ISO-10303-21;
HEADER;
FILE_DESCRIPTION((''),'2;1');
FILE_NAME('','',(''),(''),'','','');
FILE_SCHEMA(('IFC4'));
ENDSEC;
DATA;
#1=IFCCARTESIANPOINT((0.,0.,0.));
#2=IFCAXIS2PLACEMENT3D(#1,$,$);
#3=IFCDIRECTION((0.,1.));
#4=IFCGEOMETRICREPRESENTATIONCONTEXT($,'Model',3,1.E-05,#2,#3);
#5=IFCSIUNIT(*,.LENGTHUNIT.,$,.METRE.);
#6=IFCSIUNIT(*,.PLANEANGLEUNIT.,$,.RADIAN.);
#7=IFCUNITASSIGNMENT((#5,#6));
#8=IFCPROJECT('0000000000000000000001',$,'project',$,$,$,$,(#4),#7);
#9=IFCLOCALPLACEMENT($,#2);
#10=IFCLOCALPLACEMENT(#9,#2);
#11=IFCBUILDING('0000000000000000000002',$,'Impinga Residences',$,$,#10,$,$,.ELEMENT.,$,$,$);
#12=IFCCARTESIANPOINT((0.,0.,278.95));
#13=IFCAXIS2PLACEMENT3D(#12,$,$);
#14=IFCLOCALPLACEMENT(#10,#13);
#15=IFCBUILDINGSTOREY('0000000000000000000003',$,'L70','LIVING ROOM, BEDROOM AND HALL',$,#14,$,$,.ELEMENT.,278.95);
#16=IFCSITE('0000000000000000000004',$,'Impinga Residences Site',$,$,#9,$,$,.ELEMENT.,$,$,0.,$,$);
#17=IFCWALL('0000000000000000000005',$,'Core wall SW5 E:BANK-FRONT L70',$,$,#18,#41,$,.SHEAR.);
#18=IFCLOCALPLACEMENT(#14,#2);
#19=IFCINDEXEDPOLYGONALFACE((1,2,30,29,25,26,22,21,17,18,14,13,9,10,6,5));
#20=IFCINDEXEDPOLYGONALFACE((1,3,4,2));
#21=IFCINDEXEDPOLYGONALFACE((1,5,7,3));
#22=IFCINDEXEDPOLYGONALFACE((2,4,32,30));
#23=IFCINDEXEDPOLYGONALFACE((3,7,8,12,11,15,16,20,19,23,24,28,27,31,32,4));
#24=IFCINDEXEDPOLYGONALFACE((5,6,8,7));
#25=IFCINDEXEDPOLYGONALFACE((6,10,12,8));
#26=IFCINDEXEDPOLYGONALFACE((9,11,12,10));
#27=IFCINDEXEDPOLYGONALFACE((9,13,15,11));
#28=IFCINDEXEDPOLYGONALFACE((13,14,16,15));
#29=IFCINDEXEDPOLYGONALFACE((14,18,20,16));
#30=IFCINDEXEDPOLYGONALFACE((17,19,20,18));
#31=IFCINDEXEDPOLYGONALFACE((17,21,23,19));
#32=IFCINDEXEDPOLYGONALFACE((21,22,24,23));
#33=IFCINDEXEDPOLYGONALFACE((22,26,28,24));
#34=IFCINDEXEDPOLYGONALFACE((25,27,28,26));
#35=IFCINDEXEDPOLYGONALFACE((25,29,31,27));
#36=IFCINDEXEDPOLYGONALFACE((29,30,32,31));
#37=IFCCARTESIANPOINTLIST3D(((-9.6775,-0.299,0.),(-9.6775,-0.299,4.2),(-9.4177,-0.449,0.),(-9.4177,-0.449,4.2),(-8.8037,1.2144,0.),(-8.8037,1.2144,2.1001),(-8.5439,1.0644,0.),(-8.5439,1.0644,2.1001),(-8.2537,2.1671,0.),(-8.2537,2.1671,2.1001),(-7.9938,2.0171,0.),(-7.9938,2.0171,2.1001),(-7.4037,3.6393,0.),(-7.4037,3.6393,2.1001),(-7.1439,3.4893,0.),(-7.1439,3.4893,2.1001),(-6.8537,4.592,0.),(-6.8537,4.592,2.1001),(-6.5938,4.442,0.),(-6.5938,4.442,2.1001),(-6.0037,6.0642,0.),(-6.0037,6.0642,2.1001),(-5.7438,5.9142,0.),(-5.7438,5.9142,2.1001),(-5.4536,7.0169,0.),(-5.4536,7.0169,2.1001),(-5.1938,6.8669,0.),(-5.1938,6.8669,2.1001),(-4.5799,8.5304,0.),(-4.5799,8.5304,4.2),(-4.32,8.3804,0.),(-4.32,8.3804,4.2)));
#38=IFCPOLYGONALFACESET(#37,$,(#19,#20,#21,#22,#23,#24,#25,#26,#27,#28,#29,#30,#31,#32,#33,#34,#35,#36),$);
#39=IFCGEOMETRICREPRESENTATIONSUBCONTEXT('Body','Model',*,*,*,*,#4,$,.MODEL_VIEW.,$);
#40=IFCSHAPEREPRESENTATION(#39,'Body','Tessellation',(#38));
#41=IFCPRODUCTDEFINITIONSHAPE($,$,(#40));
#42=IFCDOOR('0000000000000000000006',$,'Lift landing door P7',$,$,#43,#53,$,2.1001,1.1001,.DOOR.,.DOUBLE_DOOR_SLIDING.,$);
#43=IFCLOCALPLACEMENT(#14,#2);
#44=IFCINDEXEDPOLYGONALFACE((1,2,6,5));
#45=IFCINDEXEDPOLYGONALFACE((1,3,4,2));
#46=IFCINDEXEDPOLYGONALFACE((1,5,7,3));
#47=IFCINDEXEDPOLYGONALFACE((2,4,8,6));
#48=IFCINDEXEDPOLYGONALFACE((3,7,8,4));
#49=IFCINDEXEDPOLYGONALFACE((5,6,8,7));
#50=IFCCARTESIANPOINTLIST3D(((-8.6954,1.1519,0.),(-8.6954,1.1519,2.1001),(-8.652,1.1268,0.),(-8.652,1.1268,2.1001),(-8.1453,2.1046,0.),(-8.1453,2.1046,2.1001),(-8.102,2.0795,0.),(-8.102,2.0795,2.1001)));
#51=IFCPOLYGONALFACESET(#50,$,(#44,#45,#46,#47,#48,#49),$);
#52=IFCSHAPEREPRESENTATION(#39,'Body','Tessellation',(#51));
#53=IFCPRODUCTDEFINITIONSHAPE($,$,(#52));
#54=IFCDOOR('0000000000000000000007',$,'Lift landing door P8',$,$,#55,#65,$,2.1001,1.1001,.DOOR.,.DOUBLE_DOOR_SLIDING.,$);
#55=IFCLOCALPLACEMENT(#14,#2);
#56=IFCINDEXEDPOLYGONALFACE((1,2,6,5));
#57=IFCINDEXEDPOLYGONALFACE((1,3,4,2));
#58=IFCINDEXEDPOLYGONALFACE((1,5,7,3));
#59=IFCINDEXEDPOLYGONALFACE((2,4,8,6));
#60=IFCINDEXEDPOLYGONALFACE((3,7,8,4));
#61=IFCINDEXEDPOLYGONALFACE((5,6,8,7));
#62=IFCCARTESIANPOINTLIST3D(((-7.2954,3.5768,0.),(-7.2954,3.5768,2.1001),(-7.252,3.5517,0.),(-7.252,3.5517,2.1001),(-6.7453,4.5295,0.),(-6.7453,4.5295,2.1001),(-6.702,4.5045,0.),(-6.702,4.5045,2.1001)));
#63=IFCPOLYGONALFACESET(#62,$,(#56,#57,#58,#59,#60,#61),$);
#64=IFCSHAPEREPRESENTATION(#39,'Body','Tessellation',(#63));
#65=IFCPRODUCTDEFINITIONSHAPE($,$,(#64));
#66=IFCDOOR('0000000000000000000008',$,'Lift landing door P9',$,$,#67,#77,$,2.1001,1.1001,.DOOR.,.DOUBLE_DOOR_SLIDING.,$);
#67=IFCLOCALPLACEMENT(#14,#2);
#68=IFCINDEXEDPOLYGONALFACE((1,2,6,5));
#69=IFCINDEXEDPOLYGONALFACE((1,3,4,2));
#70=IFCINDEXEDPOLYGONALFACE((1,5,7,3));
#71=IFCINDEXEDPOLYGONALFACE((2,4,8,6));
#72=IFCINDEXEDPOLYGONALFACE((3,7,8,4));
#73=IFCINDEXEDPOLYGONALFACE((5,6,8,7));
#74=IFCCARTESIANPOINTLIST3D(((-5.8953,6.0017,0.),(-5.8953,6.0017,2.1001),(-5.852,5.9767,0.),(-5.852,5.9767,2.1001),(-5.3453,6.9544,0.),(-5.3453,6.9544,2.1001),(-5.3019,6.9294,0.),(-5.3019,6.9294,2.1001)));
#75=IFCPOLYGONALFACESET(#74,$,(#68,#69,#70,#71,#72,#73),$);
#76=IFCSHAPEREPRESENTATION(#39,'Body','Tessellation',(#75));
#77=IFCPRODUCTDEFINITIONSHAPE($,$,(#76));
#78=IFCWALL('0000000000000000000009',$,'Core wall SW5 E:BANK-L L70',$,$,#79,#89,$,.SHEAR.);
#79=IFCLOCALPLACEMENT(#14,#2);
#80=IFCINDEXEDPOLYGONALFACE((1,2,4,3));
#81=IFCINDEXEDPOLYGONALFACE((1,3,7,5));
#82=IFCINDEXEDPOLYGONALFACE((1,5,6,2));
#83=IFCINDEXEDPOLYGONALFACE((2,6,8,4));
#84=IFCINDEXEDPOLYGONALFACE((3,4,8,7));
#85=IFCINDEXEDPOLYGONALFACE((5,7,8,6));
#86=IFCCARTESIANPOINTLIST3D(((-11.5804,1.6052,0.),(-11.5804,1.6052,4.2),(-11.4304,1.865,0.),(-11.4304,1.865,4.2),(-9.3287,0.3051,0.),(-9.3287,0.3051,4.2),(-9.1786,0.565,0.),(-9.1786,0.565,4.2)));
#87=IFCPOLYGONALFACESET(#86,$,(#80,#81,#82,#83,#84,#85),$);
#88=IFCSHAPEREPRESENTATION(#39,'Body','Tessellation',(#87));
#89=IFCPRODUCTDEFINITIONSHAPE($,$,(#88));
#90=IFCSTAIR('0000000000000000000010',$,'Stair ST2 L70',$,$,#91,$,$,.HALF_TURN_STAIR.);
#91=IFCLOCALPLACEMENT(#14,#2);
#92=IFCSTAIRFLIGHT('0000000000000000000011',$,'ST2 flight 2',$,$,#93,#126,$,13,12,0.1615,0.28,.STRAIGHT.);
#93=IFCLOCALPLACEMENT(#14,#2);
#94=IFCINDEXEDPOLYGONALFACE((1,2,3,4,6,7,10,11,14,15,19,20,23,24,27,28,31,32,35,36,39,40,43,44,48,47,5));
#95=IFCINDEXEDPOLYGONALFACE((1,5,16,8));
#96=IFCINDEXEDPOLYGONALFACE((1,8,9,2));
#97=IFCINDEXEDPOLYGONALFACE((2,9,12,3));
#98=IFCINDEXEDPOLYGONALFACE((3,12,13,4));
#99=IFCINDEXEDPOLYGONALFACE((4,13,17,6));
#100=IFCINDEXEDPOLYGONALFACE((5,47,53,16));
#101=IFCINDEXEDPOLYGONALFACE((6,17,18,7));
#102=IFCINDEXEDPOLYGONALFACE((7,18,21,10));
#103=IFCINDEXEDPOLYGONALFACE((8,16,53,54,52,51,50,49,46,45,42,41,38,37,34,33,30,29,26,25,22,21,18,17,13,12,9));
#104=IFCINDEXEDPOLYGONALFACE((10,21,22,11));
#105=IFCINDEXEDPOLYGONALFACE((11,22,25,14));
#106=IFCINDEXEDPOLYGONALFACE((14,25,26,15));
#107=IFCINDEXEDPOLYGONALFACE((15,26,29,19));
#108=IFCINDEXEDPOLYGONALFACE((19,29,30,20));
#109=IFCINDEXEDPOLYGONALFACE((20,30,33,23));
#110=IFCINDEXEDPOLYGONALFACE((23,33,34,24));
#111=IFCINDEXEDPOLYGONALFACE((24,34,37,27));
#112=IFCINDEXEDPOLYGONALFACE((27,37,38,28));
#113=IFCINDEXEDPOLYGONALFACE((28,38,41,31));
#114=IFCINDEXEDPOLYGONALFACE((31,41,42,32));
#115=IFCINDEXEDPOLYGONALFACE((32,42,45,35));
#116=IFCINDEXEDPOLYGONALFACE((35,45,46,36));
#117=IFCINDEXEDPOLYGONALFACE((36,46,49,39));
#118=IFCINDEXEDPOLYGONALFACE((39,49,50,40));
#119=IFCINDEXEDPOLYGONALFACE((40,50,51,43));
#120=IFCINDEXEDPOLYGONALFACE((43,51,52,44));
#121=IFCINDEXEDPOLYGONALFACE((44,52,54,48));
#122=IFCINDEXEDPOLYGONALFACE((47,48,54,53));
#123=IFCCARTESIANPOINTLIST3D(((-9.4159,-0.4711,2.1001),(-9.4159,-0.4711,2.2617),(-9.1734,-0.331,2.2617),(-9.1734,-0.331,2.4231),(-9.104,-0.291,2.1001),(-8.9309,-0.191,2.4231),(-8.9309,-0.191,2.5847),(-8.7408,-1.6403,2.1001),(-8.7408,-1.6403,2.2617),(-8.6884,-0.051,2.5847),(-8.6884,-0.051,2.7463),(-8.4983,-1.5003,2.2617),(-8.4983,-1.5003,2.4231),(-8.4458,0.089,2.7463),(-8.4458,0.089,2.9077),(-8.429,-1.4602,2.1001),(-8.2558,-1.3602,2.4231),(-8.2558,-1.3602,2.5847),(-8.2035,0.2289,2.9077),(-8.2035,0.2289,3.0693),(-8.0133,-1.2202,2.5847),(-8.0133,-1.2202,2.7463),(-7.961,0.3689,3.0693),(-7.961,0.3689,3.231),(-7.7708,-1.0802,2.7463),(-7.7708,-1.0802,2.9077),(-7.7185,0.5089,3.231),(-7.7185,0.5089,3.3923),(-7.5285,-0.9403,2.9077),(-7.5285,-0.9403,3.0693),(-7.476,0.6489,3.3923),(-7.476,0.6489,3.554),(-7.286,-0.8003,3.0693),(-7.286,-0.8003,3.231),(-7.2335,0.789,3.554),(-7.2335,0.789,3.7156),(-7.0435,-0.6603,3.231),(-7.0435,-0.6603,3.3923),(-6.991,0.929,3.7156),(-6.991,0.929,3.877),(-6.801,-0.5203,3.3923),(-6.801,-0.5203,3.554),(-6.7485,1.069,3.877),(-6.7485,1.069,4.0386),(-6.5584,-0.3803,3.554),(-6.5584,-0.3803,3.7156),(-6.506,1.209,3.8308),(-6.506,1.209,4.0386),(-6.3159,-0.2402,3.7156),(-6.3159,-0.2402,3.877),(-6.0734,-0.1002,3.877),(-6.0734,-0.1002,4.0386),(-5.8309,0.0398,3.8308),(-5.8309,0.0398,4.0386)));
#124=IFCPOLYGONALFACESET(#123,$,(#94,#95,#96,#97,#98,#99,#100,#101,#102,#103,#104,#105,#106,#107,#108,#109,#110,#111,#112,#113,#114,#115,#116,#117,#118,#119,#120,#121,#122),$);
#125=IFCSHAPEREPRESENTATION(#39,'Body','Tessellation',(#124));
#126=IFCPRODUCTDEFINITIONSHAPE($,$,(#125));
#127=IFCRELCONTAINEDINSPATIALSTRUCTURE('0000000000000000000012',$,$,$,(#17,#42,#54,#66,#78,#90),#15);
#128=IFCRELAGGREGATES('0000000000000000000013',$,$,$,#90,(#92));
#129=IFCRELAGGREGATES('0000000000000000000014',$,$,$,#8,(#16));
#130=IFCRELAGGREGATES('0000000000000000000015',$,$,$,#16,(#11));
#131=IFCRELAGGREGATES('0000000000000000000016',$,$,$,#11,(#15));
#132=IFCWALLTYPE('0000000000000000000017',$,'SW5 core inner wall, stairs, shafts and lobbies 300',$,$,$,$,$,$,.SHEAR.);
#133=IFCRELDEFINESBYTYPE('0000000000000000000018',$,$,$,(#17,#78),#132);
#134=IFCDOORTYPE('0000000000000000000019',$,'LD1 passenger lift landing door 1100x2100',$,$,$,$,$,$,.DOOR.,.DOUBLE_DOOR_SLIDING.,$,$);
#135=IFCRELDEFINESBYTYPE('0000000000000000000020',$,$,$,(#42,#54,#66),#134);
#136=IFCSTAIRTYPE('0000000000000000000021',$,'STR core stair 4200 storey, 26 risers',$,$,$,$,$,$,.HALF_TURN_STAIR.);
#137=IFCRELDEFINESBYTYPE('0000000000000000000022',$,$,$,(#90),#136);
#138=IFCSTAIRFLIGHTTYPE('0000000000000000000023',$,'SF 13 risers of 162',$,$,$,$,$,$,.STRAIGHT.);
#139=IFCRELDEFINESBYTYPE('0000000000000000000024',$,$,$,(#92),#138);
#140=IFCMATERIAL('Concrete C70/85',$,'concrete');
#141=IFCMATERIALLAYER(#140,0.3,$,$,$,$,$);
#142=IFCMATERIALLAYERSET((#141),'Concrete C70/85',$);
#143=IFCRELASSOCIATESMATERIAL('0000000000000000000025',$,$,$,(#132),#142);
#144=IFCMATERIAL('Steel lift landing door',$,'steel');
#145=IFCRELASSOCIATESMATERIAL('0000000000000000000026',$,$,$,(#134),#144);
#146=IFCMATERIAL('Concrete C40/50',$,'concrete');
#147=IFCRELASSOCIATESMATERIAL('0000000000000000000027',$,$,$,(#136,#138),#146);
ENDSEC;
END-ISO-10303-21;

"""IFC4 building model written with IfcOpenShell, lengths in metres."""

from ifc_helpers import new_model, si_unit, direction, frame, frame_2d, origin, place, context, subcontext, project, spatial, polyline, rectangle, outline, extrude, material, layer, layer_set, type_object, element, fill, aggregate, save


model = new_model("IFC4")

# Units and contexts
model_context = context("Model", 3, precision=1e-05, world=origin(), true_north=direction((0.0, 1.0)))
body_context = subcontext(model_context, "Body", "Model", "MODEL_VIEW")
ifc_project = project(units=[si_unit("LENGTHUNIT", "METRE"), si_unit("PLANEANGLEUNIT", "RADIAN")], contexts=[model_context])

# Site, building, storey
site_placement = place(None, origin())
site = spatial("IfcSite", under=ifc_project, at=site_placement, Name="Impinga Residences Site", CompositionType="ELEMENT", RefElevation=0.0)
building_placement = place(site_placement, origin())
building = spatial("IfcBuilding", under=site, at=building_placement, Name="Impinga Residences", CompositionType="ELEMENT")
storey_placement = place(building_placement, frame((0.0, 0.0, 278.95)))
storey = spatial("IfcBuildingStorey", under=building, at=storey_placement, Name="L70", Description="LIVING ROOM, BEDROOM AND HALL", CompositionType="ELEMENT", Elevation=278.95)

# Wall, openings, doors
ifc_material_1 = material(Name="Concrete C70/85", Category="concrete")
ifc_layer_1 = layer(ifc_material_1, 0.3)
ifc_layer_set_1 = layer_set([ifc_layer_1], Name="Concrete C70/85")
wall_type_1 = type_object("IfcWallType", Name="SW5 core inner wall, stairs, shafts and lobbies 300", PredefinedType="SHEAR", material=ifc_layer_set_1)
wall_1_placement = place(storey_placement, frame((-9.5476, -0.374, 0.0), z_axis=(0.0, 0.0, 1.0), x_axis=(0.500002, 0.866024, 0.0)))
wall_1 = element("IfcWall", 1, at=wall_1_placement, inside=storey, type_object=wall_type_1, Name="Core wall SW5 E:BANK-FRONT L70", PredefinedType="SHEAR", context=body_context, shape_type="SweptSolid", body=[
    extrude(rectangle(XDim=10.1953, YDim=0.3, at=frame_2d((5.0977, 0.0))), origin(), (0.0, 0.0, 1.0), 4.2),
])
opening_1_placement = place(wall_1_placement, frame((1.7476, 0.0, 0.0)))
opening_1 = element("IfcOpeningElement", 2, at=opening_1_placement, cuts=wall_1, PredefinedType="OPENING", context=body_context, shape_type="SweptSolid", body=[
    extrude(rectangle(XDim=1.1001, YDim=2.1001, at=frame_2d((0.55, 1.05))), frame((0.0, 0.1599, 0.0), z_axis=(0.0, -1.0, 0.0), x_axis=(1.0, 0.0, 0.0)), (0.0, 0.0, 1.0), 0.3201),
])
opening_2_placement = place(wall_1_placement, frame((4.5476, 0.0, 0.0)))
opening_2 = element("IfcOpeningElement", 3, at=opening_2_placement, cuts=wall_1, PredefinedType="OPENING", context=body_context, shape_type="SweptSolid", body=[
    extrude(rectangle(XDim=1.1001, YDim=2.1001, at=frame_2d((0.55, 1.05))), frame((0.0, 0.1599, 0.0), z_axis=(0.0, -1.0, 0.0), x_axis=(1.0, 0.0, 0.0)), (0.0, 0.0, 1.0), 0.3201),
])
opening_3_placement = place(wall_1_placement, frame((7.3477, 0.0, 0.0)))
opening_3 = element("IfcOpeningElement", 4, at=opening_3_placement, cuts=wall_1, PredefinedType="OPENING", context=body_context, shape_type="SweptSolid", body=[
    extrude(rectangle(XDim=1.1001, YDim=2.1001, at=frame_2d((0.55, 1.05))), frame((0.0, 0.1599, 0.0), z_axis=(0.0, -1.0, 0.0), x_axis=(1.0, 0.0, 0.0)), (0.0, 0.0, 1.0), 0.3201),
])
ifc_material_2 = material(Name="Steel lift landing door", Category="steel")
door_type_1 = type_object("IfcDoorType", Name="LD1 passenger lift landing door 1100x2100", OperationType="DOUBLE_DOOR_SLIDING", PredefinedType="DOOR", material=ifc_material_2)
door_1_placement = place(opening_1_placement, origin())
door_1 = element("IfcDoor", 5, at=door_1_placement, inside=storey, type_object=door_type_1, Name="Lift landing door P7", OperationType="DOUBLE_DOOR_SLIDING", OverallHeight=2.1001, OverallWidth=1.1001, PredefinedType="DOOR", context=body_context, shape_type="SweptSolid", body=[
    extrude(rectangle(XDim=1.1001, YDim=2.1001, at=frame_2d((0.55, 1.05))), frame((0.0, 0.0249, 0.0), z_axis=(0.0, -1.0, 0.0), x_axis=(1.0, 0.0, 0.0)), (0.0, 0.0, 1.0), 0.05),
])
fill(opening_1, door_1)
door_2_placement = place(opening_2_placement, origin())
door_2 = element("IfcDoor", 6, at=door_2_placement, inside=storey, type_object=door_type_1, Name="Lift landing door P8", OperationType="DOUBLE_DOOR_SLIDING", OverallHeight=2.1001, OverallWidth=1.1001, PredefinedType="DOOR", context=body_context, shape_type="SweptSolid", body=[
    extrude(rectangle(XDim=1.1001, YDim=2.1001, at=frame_2d((0.55, 1.05))), frame((0.0, 0.0249, 0.0), z_axis=(0.0, -1.0, 0.0), x_axis=(1.0, 0.0, 0.0)), (0.0, 0.0, 1.0), 0.05),
])
fill(opening_2, door_2)
door_3_placement = place(opening_3_placement, origin())
door_3 = element("IfcDoor", 7, at=door_3_placement, inside=storey, type_object=door_type_1, Name="Lift landing door P9", OperationType="DOUBLE_DOOR_SLIDING", OverallHeight=2.1001, OverallWidth=1.1001, PredefinedType="DOOR", context=body_context, shape_type="SweptSolid", body=[
    extrude(rectangle(XDim=1.1001, YDim=2.1001, at=frame_2d((0.55, 1.05))), frame((0.0, 0.0249, 0.0), z_axis=(0.0, -1.0, 0.0), x_axis=(1.0, 0.0, 0.0)), (0.0, 0.0, 1.0), 0.05),
])
fill(opening_3, door_3)

# Wall
wall_2_placement = place(storey_placement, frame((-9.2537, 0.4351, 0.0), z_axis=(0.0, 0.0, 1.0), x_axis=(-0.866021, 0.500007, 0.0)))
element("IfcWall", 8, at=wall_2_placement, inside=storey, type_object=wall_type_1, Name="Core wall SW5 E:BANK-L L70", PredefinedType="SHEAR", context=body_context, shape_type="SweptSolid", body=[
    extrude(rectangle(XDim=2.6001, YDim=0.3, at=frame_2d((1.3, 0.0))), origin(), (0.0, 0.0, 1.0), 4.2),
])

# Stair, stair flight
ifc_material_3 = material(Name="Concrete C40/50", Category="concrete")
stair_type = type_object("IfcStairType", Name="STR core stair 4200 storey, 26 risers", PredefinedType="HALF_TURN_STAIR", material=ifc_material_3)
stair_placement = place(storey_placement, origin())
stair = element("IfcStair", 9, at=stair_placement, inside=storey, type_object=stair_type, Name="Stair ST2 L70", PredefinedType="HALF_TURN_STAIR")
stair_flight_type = type_object("IfcStairFlightType", Name="SF 13 risers of 162", PredefinedType="STRAIGHT", material=ifc_material_3)
stair_flight_placement = place(storey_placement, frame((-9.0784, -1.0557, 2.1001), z_axis=(0.0, 0.0, 1.0), x_axis=(0.866025, 0.5, 0.0)))
stair_flight = element("IfcStairFlight", 10, at=stair_flight_placement, type_object=stair_flight_type, Name="ST2 flight 2", NumberOfRisers=13, NumberOfTreads=12, PredefinedType="STRAIGHT", RiserHeight=0.1615, TreadLength=0.28, context=body_context, shape_type="SweptSolid", body=[
    extrude(outline(polyline([(0.0, 0.0), (0.0, 0.1616), (0.28, 0.1616), (0.28, 0.323), (0.5601, 0.323), (0.5601, 0.4846), (0.8401, 0.4846), (0.8401, 0.6462), (1.1201, 0.6462), (1.1201, 0.8076), (1.3999, 0.8076), (1.3999, 0.9692), (1.6799, 0.9692), (1.6799, 1.1309), (1.96, 1.1309), (1.96, 1.2922), (2.24, 1.2922), (2.24, 1.4539), (2.52, 1.4539), (2.52, 1.6155), (2.8, 1.6155), (2.8, 1.7769), (3.0801, 1.7769), (3.0801, 1.9385), (3.3601, 1.9385), (3.3601, 2.1001), (3.3601, 1.7307), (0.3601, 0.0), (0.0, 0.0)])), frame((0.0, 0.675, 0.0), z_axis=(0.0, -1.0, 0.0), x_axis=(1.0, 0.0, 0.0)), (0.0, 0.0, 1.0), 1.3501),
])
aggregate(stair, [stair_flight])

save(model, "model.ifc")
